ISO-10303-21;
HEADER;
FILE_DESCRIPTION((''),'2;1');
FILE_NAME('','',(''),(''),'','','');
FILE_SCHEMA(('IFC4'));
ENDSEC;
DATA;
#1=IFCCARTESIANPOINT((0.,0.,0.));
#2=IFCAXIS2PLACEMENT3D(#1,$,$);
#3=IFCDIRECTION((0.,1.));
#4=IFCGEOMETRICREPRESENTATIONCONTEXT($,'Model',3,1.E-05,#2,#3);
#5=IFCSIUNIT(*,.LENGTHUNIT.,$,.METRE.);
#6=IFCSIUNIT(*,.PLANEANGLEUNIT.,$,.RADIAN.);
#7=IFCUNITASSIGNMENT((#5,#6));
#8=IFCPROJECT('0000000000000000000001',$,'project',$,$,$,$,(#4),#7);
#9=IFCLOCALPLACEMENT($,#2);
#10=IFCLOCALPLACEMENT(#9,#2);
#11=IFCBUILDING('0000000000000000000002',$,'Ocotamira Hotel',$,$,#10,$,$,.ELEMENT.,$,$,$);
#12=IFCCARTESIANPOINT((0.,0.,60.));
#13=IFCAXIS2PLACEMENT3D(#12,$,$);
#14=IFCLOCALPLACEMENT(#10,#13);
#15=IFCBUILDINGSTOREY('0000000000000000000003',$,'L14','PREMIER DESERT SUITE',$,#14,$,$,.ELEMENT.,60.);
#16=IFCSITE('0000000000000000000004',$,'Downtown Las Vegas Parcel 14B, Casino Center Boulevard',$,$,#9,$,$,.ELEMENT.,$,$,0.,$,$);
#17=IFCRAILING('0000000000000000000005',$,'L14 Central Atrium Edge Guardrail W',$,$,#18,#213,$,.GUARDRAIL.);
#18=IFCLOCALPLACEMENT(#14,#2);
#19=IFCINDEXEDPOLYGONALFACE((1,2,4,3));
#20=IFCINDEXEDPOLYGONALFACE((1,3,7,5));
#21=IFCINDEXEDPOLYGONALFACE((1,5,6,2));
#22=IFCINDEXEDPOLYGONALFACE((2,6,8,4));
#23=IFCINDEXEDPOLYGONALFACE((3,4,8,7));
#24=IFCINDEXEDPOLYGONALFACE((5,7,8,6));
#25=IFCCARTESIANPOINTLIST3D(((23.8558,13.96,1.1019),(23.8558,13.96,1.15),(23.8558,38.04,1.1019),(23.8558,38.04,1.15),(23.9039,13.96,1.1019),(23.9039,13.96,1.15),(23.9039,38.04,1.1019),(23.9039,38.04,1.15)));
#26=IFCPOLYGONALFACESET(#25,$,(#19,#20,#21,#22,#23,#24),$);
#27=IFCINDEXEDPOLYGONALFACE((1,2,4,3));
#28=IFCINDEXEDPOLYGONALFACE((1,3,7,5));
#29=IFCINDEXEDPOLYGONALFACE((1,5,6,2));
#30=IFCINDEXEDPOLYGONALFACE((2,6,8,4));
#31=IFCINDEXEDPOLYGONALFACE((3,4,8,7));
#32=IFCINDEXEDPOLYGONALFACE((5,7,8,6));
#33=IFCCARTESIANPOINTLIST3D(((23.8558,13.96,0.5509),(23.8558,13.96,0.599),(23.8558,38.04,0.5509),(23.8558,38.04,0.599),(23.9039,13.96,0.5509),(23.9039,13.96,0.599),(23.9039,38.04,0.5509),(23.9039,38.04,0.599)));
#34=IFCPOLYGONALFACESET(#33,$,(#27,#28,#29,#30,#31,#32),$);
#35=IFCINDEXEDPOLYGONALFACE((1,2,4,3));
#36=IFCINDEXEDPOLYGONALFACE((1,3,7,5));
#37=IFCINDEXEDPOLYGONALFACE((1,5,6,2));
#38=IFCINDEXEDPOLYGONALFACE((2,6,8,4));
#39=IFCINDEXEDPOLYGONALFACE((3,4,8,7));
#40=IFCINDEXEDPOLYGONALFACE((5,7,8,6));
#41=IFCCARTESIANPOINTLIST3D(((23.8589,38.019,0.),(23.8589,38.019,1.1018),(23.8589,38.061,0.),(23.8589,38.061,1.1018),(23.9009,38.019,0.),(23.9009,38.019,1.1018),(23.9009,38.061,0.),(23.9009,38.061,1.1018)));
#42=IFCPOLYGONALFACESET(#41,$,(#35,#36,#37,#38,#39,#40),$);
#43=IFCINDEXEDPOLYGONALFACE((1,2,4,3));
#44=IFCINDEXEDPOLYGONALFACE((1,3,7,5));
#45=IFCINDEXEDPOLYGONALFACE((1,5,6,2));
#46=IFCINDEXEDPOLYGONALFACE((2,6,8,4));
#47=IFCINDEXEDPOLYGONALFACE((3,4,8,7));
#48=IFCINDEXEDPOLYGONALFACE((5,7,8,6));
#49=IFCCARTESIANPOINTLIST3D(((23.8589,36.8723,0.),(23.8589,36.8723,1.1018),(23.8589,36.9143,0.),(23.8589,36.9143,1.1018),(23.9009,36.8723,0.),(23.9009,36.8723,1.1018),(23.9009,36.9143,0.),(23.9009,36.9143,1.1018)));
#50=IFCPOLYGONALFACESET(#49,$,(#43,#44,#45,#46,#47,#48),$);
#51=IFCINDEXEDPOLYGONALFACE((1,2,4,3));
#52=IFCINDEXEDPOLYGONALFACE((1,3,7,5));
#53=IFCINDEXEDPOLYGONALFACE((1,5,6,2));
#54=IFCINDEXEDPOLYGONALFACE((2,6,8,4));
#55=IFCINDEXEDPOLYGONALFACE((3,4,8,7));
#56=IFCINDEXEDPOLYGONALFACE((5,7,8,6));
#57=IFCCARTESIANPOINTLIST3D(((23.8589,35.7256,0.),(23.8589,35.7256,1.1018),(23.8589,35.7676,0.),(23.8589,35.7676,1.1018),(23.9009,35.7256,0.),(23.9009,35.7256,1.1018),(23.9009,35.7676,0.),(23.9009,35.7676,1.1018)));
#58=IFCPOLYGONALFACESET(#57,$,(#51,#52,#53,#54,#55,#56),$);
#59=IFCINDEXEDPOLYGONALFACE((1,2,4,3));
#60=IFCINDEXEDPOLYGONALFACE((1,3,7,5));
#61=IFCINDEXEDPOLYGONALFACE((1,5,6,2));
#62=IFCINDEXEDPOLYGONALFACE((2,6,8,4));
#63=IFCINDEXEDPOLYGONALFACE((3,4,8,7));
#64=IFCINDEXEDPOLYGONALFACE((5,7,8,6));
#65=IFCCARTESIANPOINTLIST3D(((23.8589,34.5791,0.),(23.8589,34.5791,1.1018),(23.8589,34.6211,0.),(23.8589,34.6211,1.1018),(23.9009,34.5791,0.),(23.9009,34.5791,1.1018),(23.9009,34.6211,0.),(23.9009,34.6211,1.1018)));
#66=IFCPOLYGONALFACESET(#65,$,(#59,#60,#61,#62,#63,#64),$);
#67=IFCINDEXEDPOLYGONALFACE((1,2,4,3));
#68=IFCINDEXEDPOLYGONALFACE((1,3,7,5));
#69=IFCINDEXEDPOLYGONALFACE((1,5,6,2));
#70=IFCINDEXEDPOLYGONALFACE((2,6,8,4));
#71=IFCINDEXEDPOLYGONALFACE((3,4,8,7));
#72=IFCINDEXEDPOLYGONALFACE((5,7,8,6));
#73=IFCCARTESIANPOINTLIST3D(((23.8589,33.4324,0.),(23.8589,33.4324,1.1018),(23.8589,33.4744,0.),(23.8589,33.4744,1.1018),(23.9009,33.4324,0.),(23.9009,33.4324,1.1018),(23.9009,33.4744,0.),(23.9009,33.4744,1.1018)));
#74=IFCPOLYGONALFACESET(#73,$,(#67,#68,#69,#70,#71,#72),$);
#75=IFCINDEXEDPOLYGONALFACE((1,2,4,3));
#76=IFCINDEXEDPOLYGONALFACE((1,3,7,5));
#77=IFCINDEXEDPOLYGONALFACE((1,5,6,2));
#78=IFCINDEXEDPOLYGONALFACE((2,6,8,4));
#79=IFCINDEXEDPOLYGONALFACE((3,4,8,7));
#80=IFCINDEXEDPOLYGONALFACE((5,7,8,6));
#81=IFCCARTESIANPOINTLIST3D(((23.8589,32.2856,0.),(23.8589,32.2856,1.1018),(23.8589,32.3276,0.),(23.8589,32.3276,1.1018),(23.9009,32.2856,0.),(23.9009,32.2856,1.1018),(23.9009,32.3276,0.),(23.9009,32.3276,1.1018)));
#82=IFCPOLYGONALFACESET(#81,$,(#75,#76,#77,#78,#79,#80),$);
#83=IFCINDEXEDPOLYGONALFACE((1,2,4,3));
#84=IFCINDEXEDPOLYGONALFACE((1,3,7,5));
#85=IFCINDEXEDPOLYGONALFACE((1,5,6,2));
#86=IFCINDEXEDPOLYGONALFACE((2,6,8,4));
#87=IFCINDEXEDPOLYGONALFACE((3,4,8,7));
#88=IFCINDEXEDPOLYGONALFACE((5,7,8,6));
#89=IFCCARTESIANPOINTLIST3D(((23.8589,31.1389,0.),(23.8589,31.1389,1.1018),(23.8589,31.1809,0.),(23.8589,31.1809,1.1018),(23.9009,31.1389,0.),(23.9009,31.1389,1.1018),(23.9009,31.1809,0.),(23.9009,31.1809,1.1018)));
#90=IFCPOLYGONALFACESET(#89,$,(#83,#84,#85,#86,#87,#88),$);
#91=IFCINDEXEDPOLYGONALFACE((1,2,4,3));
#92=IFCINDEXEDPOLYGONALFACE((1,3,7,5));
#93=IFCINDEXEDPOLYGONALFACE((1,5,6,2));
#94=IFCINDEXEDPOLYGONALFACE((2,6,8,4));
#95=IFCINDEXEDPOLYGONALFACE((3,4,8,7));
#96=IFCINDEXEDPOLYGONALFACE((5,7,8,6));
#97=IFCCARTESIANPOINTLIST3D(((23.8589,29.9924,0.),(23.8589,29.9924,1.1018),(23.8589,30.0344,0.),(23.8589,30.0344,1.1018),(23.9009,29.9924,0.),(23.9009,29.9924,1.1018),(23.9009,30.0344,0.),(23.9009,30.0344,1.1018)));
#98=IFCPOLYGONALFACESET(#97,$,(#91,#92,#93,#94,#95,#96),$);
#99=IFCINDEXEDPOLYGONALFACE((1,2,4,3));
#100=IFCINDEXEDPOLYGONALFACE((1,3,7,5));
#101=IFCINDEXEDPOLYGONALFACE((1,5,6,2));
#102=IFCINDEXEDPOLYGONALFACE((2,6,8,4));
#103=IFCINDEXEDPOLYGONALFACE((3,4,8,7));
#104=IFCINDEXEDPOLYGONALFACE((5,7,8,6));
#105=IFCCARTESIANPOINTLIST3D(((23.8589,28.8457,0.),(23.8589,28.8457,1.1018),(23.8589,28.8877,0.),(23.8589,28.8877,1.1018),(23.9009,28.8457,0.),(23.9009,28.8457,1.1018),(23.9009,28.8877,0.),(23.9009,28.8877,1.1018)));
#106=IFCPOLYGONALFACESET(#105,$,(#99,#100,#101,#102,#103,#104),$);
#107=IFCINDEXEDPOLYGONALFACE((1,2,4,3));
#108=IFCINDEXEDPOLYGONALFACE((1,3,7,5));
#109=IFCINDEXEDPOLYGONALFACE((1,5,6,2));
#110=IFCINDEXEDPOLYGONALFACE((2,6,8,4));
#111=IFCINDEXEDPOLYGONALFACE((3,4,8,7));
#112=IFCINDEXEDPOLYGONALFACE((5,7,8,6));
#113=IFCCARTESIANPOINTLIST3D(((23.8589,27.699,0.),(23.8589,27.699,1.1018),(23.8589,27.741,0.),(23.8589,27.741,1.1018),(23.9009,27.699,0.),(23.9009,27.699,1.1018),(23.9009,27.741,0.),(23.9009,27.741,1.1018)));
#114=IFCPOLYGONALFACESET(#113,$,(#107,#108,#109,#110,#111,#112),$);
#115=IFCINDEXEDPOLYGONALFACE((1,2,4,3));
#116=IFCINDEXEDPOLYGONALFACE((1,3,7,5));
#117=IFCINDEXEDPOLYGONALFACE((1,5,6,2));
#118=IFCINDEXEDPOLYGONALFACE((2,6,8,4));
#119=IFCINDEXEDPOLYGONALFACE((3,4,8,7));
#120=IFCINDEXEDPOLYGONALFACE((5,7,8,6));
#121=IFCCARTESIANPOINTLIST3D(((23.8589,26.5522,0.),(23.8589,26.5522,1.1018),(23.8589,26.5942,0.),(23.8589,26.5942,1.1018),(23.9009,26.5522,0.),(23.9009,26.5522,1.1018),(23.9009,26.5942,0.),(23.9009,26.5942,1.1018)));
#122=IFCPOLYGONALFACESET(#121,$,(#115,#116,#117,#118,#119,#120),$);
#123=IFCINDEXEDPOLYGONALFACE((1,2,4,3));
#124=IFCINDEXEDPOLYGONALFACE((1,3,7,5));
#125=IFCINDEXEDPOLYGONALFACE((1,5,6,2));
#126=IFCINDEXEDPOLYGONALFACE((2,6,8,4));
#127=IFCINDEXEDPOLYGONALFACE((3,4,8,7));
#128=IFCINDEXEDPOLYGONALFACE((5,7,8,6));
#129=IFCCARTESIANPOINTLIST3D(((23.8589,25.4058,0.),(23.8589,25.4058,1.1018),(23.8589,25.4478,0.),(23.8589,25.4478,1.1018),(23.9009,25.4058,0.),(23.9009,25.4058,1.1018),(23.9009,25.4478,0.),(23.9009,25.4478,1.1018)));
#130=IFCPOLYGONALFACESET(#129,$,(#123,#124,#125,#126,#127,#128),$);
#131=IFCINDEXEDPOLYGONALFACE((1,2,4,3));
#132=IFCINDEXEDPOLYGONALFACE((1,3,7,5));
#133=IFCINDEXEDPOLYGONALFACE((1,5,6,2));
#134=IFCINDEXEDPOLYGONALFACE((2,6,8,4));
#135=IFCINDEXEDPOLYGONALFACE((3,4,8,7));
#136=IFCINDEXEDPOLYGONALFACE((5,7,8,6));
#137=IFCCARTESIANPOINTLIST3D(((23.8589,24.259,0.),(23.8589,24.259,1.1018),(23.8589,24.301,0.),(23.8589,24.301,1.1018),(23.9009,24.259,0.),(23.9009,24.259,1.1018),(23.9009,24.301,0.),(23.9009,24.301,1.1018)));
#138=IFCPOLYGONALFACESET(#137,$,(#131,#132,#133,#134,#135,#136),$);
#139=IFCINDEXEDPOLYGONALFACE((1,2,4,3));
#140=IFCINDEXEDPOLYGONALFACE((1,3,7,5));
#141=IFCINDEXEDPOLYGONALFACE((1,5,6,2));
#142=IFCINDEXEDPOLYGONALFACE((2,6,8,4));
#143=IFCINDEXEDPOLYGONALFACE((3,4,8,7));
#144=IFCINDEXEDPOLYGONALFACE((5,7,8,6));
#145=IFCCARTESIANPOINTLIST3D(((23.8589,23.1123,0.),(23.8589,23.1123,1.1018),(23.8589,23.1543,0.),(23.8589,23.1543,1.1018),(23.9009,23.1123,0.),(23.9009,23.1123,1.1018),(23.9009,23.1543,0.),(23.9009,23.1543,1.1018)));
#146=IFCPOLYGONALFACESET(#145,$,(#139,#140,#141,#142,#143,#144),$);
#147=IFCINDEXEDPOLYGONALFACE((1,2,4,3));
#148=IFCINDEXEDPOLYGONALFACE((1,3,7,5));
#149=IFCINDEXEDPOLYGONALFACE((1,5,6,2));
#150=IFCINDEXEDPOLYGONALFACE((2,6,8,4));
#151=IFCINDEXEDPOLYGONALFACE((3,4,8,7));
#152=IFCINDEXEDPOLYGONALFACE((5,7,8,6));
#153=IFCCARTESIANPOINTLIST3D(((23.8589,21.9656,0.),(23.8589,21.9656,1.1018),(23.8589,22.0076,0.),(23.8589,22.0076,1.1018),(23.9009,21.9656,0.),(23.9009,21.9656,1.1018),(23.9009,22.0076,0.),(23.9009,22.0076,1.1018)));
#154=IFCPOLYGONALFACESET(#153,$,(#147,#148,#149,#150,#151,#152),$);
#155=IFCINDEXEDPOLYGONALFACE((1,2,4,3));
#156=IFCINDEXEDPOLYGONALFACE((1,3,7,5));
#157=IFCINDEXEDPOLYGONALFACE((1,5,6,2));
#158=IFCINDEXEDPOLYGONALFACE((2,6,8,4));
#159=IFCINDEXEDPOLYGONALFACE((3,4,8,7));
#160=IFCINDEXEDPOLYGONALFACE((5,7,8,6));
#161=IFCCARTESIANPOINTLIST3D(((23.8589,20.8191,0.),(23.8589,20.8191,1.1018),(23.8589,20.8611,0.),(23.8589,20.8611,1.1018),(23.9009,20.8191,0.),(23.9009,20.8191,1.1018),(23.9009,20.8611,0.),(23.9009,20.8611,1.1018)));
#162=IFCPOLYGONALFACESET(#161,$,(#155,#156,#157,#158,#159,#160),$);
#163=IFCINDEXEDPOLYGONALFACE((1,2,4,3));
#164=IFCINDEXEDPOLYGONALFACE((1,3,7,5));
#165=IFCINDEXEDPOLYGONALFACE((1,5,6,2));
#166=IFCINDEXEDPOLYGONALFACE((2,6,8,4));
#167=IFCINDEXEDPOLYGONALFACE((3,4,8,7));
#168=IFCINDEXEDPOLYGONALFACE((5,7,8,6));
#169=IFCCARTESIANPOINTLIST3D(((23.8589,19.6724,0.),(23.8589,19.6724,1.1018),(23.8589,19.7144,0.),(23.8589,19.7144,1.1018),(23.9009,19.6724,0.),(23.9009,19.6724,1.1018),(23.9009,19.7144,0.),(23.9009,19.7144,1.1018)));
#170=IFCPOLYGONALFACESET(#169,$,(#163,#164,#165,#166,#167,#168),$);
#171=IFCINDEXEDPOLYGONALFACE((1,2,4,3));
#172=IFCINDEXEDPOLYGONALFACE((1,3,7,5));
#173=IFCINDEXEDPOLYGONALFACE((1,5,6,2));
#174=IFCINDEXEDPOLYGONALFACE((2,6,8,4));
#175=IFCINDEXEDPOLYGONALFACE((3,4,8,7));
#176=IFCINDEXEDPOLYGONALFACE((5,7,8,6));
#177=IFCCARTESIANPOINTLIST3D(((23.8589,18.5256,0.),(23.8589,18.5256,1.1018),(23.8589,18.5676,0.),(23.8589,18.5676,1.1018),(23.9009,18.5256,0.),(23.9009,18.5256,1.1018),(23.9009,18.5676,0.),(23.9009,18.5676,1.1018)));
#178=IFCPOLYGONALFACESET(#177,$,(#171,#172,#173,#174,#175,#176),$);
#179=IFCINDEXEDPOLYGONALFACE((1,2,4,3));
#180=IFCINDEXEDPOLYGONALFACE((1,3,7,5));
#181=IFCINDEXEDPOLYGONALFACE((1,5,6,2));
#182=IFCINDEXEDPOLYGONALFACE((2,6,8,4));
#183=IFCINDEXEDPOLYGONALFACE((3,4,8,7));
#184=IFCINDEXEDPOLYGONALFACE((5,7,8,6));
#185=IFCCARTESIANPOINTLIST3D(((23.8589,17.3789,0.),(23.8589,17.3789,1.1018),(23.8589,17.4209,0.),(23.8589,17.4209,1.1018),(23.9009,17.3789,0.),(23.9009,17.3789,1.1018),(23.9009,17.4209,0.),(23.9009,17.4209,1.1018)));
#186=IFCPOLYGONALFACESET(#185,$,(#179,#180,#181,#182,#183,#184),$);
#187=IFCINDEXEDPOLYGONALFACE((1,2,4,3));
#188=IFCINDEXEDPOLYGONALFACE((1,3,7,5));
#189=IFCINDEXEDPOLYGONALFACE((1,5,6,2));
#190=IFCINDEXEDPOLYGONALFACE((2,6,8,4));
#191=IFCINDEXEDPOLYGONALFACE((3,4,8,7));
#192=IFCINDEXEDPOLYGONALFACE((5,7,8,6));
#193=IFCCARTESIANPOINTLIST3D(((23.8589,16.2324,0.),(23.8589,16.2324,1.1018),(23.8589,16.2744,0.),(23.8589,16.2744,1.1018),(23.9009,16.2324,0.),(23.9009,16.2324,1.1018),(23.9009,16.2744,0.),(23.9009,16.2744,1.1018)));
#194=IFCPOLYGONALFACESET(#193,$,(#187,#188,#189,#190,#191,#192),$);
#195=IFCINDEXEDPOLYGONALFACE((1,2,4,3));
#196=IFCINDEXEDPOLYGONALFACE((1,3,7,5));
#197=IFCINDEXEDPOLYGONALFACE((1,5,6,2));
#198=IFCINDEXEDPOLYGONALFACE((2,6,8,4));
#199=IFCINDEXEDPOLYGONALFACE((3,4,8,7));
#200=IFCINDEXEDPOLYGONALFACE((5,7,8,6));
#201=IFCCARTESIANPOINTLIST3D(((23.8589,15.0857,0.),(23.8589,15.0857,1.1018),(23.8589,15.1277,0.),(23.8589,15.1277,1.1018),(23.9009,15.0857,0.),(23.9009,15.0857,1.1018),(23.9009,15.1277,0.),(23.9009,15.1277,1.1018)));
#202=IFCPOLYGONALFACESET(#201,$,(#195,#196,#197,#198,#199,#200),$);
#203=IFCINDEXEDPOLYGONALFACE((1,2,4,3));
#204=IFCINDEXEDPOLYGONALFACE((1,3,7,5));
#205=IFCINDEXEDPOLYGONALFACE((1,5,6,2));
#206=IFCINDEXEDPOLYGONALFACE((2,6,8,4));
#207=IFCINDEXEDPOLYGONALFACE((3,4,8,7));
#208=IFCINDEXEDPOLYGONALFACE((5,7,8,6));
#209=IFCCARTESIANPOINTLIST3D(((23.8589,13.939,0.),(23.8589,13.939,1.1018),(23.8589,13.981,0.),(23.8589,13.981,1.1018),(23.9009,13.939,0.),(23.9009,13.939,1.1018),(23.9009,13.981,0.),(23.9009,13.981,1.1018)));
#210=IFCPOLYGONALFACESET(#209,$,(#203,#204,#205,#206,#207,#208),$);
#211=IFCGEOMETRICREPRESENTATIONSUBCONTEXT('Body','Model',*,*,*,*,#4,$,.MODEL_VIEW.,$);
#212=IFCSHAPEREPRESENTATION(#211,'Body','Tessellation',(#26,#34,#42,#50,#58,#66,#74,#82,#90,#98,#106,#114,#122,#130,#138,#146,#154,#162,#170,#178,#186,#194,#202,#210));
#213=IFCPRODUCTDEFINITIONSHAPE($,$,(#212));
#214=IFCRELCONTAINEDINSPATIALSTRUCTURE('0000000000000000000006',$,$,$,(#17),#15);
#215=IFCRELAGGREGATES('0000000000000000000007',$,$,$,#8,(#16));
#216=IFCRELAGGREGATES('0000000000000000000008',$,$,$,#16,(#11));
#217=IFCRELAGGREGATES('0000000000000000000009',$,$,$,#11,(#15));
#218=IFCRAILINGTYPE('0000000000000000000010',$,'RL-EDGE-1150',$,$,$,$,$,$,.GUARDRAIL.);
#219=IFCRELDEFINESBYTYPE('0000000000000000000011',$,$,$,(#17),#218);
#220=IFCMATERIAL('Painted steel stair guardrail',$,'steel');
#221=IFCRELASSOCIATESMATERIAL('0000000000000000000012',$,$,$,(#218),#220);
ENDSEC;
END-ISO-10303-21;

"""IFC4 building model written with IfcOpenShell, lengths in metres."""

from ifc_helpers import new_model, si_unit, direction, frame, origin, origin_2d, place, context, subcontext, project, spatial, rectangle, extrude, material, type_object, element, save


model = new_model("IFC4")

# Units and contexts
model_context = context("Model", 3, precision=1e-05, world=origin(), true_north=direction((0.0, 1.0)))
body_context = subcontext(model_context, "Body", "Model", "MODEL_VIEW")
ifc_project = project(units=[si_unit("LENGTHUNIT", "METRE"), si_unit("PLANEANGLEUNIT", "RADIAN")], contexts=[model_context])

# Site, building, storey
site_placement = place(None, origin())
site = spatial("IfcSite", under=ifc_project, at=site_placement, Name="Downtown Las Vegas Parcel 14B, Casino Center Boulevard", CompositionType="ELEMENT", RefElevation=0.0)
building_placement = place(site_placement, origin())
building = spatial("IfcBuilding", under=site, at=building_placement, Name="Ocotamira Hotel", CompositionType="ELEMENT")
storey_placement = place(building_placement, frame((0.0, 0.0, 60.0)))
storey = spatial("IfcBuildingStorey", under=building, at=storey_placement, Name="L14", Description="PREMIER DESERT SUITE", CompositionType="ELEMENT", Elevation=60.0)

# Railing
ifc_material_1 = material(Name="Painted steel stair guardrail", Category="steel")
railing_type = type_object("IfcRailingType", Name="RL-EDGE-1150", PredefinedType="GUARDRAIL", material=ifc_material_1)
railing_placement = place(storey_placement, frame((23.8799, 38.04, 0.0)))
element("IfcRailing", 1, at=railing_placement, inside=storey, type_object=railing_type, Name="L14 Central Atrium Edge Guardrail W", PredefinedType="GUARDRAIL", context=body_context, shape_type="SweptSolid", body=[
    extrude(rectangle(XDim=0.0481, YDim=0.0481, at=origin_2d()), frame((0.0, 0.0, 1.126), z_axis=(0.0, -1.0, 0.0), x_axis=(1.0, 0.0, 0.0)), (0.0, 0.0, 1.0), 24.0801),
    extrude(rectangle(XDim=0.0481, YDim=0.0481, at=origin_2d()), frame((0.0, 0.0, 0.575), z_axis=(0.0, -1.0, 0.0), x_axis=(1.0, 0.0, 0.0)), (0.0, 0.0, 1.0), 24.0801),
    extrude(rectangle(XDim=0.042, YDim=0.042, at=origin_2d()), origin(), (0.0, 0.0, 1.0), 1.1018),
    extrude(rectangle(XDim=0.042, YDim=0.042, at=origin_2d()), frame((0.0, -1.1467, 0.0)), (0.0, 0.0, 1.0), 1.1018),
    extrude(rectangle(XDim=0.042, YDim=0.042, at=origin_2d()), frame((0.0, -2.2935, 0.0)), (0.0, 0.0, 1.0), 1.1018),
    extrude(rectangle(XDim=0.042, YDim=0.042, at=origin_2d()), frame((0.0, -3.4399, 0.0)), (0.0, 0.0, 1.0), 1.1018),
    extrude(rectangle(XDim=0.042, YDim=0.042, at=origin_2d()), frame((0.0, -4.5867, 0.0)), (0.0, 0.0, 1.0), 1.1018),
    extrude(rectangle(XDim=0.042, YDim=0.042, at=origin_2d()), frame((0.0, -5.7334, 0.0)), (0.0, 0.0, 1.0), 1.1018),
    extrude(rectangle(XDim=0.042, YDim=0.042, at=origin_2d()), frame((0.0, -6.8801, 0.0)), (0.0, 0.0, 1.0), 1.1018),
    extrude(rectangle(XDim=0.042, YDim=0.042, at=origin_2d()), frame((0.0, -8.0266, 0.0)), (0.0, 0.0, 1.0), 1.1018),
    extrude(rectangle(XDim=0.042, YDim=0.042, at=origin_2d()), frame((0.0, -9.1733, 0.0)), (0.0, 0.0, 1.0), 1.1018),
    extrude(rectangle(XDim=0.042, YDim=0.042, at=origin_2d()), frame((0.0, -10.3201, 0.0)), (0.0, 0.0, 1.0), 1.1018),
    extrude(rectangle(XDim=0.042, YDim=0.042, at=origin_2d()), frame((0.0, -11.4668, 0.0)), (0.0, 0.0, 1.0), 1.1018),
    extrude(rectangle(XDim=0.042, YDim=0.042, at=origin_2d()), frame((0.0, -12.6133, 0.0)), (0.0, 0.0, 1.0), 1.1018),
    extrude(rectangle(XDim=0.042, YDim=0.042, at=origin_2d()), frame((0.0, -13.76, 0.0)), (0.0, 0.0, 1.0), 1.1018),
    extrude(rectangle(XDim=0.042, YDim=0.042, at=origin_2d()), frame((0.0, -14.9067, 0.0)), (0.0, 0.0, 1.0), 1.1018),
    extrude(rectangle(XDim=0.042, YDim=0.042, at=origin_2d()), frame((0.0, -16.0535, 0.0)), (0.0, 0.0, 1.0), 1.1018),
    extrude(rectangle(XDim=0.042, YDim=0.042, at=origin_2d()), frame((0.0, -17.2, 0.0)), (0.0, 0.0, 1.0), 1.1018),
    extrude(rectangle(XDim=0.042, YDim=0.042, at=origin_2d()), frame((0.0, -18.3467, 0.0)), (0.0, 0.0, 1.0), 1.1018),
    extrude(rectangle(XDim=0.042, YDim=0.042, at=origin_2d()), frame((0.0, -19.4934, 0.0)), (0.0, 0.0, 1.0), 1.1018),
    extrude(rectangle(XDim=0.042, YDim=0.042, at=origin_2d()), frame((0.0, -20.6401, 0.0)), (0.0, 0.0, 1.0), 1.1018),
    extrude(rectangle(XDim=0.042, YDim=0.042, at=origin_2d()), frame((0.0, -21.7866, 0.0)), (0.0, 0.0, 1.0), 1.1018),
    extrude(rectangle(XDim=0.042, YDim=0.042, at=origin_2d()), frame((0.0, -22.9333, 0.0)), (0.0, 0.0, 1.0), 1.1018),
    extrude(rectangle(XDim=0.042, YDim=0.042, at=origin_2d()), frame((0.0, -24.0801, 0.0)), (0.0, 0.0, 1.0), 1.1018),
])

save(model, "model.ifc")
